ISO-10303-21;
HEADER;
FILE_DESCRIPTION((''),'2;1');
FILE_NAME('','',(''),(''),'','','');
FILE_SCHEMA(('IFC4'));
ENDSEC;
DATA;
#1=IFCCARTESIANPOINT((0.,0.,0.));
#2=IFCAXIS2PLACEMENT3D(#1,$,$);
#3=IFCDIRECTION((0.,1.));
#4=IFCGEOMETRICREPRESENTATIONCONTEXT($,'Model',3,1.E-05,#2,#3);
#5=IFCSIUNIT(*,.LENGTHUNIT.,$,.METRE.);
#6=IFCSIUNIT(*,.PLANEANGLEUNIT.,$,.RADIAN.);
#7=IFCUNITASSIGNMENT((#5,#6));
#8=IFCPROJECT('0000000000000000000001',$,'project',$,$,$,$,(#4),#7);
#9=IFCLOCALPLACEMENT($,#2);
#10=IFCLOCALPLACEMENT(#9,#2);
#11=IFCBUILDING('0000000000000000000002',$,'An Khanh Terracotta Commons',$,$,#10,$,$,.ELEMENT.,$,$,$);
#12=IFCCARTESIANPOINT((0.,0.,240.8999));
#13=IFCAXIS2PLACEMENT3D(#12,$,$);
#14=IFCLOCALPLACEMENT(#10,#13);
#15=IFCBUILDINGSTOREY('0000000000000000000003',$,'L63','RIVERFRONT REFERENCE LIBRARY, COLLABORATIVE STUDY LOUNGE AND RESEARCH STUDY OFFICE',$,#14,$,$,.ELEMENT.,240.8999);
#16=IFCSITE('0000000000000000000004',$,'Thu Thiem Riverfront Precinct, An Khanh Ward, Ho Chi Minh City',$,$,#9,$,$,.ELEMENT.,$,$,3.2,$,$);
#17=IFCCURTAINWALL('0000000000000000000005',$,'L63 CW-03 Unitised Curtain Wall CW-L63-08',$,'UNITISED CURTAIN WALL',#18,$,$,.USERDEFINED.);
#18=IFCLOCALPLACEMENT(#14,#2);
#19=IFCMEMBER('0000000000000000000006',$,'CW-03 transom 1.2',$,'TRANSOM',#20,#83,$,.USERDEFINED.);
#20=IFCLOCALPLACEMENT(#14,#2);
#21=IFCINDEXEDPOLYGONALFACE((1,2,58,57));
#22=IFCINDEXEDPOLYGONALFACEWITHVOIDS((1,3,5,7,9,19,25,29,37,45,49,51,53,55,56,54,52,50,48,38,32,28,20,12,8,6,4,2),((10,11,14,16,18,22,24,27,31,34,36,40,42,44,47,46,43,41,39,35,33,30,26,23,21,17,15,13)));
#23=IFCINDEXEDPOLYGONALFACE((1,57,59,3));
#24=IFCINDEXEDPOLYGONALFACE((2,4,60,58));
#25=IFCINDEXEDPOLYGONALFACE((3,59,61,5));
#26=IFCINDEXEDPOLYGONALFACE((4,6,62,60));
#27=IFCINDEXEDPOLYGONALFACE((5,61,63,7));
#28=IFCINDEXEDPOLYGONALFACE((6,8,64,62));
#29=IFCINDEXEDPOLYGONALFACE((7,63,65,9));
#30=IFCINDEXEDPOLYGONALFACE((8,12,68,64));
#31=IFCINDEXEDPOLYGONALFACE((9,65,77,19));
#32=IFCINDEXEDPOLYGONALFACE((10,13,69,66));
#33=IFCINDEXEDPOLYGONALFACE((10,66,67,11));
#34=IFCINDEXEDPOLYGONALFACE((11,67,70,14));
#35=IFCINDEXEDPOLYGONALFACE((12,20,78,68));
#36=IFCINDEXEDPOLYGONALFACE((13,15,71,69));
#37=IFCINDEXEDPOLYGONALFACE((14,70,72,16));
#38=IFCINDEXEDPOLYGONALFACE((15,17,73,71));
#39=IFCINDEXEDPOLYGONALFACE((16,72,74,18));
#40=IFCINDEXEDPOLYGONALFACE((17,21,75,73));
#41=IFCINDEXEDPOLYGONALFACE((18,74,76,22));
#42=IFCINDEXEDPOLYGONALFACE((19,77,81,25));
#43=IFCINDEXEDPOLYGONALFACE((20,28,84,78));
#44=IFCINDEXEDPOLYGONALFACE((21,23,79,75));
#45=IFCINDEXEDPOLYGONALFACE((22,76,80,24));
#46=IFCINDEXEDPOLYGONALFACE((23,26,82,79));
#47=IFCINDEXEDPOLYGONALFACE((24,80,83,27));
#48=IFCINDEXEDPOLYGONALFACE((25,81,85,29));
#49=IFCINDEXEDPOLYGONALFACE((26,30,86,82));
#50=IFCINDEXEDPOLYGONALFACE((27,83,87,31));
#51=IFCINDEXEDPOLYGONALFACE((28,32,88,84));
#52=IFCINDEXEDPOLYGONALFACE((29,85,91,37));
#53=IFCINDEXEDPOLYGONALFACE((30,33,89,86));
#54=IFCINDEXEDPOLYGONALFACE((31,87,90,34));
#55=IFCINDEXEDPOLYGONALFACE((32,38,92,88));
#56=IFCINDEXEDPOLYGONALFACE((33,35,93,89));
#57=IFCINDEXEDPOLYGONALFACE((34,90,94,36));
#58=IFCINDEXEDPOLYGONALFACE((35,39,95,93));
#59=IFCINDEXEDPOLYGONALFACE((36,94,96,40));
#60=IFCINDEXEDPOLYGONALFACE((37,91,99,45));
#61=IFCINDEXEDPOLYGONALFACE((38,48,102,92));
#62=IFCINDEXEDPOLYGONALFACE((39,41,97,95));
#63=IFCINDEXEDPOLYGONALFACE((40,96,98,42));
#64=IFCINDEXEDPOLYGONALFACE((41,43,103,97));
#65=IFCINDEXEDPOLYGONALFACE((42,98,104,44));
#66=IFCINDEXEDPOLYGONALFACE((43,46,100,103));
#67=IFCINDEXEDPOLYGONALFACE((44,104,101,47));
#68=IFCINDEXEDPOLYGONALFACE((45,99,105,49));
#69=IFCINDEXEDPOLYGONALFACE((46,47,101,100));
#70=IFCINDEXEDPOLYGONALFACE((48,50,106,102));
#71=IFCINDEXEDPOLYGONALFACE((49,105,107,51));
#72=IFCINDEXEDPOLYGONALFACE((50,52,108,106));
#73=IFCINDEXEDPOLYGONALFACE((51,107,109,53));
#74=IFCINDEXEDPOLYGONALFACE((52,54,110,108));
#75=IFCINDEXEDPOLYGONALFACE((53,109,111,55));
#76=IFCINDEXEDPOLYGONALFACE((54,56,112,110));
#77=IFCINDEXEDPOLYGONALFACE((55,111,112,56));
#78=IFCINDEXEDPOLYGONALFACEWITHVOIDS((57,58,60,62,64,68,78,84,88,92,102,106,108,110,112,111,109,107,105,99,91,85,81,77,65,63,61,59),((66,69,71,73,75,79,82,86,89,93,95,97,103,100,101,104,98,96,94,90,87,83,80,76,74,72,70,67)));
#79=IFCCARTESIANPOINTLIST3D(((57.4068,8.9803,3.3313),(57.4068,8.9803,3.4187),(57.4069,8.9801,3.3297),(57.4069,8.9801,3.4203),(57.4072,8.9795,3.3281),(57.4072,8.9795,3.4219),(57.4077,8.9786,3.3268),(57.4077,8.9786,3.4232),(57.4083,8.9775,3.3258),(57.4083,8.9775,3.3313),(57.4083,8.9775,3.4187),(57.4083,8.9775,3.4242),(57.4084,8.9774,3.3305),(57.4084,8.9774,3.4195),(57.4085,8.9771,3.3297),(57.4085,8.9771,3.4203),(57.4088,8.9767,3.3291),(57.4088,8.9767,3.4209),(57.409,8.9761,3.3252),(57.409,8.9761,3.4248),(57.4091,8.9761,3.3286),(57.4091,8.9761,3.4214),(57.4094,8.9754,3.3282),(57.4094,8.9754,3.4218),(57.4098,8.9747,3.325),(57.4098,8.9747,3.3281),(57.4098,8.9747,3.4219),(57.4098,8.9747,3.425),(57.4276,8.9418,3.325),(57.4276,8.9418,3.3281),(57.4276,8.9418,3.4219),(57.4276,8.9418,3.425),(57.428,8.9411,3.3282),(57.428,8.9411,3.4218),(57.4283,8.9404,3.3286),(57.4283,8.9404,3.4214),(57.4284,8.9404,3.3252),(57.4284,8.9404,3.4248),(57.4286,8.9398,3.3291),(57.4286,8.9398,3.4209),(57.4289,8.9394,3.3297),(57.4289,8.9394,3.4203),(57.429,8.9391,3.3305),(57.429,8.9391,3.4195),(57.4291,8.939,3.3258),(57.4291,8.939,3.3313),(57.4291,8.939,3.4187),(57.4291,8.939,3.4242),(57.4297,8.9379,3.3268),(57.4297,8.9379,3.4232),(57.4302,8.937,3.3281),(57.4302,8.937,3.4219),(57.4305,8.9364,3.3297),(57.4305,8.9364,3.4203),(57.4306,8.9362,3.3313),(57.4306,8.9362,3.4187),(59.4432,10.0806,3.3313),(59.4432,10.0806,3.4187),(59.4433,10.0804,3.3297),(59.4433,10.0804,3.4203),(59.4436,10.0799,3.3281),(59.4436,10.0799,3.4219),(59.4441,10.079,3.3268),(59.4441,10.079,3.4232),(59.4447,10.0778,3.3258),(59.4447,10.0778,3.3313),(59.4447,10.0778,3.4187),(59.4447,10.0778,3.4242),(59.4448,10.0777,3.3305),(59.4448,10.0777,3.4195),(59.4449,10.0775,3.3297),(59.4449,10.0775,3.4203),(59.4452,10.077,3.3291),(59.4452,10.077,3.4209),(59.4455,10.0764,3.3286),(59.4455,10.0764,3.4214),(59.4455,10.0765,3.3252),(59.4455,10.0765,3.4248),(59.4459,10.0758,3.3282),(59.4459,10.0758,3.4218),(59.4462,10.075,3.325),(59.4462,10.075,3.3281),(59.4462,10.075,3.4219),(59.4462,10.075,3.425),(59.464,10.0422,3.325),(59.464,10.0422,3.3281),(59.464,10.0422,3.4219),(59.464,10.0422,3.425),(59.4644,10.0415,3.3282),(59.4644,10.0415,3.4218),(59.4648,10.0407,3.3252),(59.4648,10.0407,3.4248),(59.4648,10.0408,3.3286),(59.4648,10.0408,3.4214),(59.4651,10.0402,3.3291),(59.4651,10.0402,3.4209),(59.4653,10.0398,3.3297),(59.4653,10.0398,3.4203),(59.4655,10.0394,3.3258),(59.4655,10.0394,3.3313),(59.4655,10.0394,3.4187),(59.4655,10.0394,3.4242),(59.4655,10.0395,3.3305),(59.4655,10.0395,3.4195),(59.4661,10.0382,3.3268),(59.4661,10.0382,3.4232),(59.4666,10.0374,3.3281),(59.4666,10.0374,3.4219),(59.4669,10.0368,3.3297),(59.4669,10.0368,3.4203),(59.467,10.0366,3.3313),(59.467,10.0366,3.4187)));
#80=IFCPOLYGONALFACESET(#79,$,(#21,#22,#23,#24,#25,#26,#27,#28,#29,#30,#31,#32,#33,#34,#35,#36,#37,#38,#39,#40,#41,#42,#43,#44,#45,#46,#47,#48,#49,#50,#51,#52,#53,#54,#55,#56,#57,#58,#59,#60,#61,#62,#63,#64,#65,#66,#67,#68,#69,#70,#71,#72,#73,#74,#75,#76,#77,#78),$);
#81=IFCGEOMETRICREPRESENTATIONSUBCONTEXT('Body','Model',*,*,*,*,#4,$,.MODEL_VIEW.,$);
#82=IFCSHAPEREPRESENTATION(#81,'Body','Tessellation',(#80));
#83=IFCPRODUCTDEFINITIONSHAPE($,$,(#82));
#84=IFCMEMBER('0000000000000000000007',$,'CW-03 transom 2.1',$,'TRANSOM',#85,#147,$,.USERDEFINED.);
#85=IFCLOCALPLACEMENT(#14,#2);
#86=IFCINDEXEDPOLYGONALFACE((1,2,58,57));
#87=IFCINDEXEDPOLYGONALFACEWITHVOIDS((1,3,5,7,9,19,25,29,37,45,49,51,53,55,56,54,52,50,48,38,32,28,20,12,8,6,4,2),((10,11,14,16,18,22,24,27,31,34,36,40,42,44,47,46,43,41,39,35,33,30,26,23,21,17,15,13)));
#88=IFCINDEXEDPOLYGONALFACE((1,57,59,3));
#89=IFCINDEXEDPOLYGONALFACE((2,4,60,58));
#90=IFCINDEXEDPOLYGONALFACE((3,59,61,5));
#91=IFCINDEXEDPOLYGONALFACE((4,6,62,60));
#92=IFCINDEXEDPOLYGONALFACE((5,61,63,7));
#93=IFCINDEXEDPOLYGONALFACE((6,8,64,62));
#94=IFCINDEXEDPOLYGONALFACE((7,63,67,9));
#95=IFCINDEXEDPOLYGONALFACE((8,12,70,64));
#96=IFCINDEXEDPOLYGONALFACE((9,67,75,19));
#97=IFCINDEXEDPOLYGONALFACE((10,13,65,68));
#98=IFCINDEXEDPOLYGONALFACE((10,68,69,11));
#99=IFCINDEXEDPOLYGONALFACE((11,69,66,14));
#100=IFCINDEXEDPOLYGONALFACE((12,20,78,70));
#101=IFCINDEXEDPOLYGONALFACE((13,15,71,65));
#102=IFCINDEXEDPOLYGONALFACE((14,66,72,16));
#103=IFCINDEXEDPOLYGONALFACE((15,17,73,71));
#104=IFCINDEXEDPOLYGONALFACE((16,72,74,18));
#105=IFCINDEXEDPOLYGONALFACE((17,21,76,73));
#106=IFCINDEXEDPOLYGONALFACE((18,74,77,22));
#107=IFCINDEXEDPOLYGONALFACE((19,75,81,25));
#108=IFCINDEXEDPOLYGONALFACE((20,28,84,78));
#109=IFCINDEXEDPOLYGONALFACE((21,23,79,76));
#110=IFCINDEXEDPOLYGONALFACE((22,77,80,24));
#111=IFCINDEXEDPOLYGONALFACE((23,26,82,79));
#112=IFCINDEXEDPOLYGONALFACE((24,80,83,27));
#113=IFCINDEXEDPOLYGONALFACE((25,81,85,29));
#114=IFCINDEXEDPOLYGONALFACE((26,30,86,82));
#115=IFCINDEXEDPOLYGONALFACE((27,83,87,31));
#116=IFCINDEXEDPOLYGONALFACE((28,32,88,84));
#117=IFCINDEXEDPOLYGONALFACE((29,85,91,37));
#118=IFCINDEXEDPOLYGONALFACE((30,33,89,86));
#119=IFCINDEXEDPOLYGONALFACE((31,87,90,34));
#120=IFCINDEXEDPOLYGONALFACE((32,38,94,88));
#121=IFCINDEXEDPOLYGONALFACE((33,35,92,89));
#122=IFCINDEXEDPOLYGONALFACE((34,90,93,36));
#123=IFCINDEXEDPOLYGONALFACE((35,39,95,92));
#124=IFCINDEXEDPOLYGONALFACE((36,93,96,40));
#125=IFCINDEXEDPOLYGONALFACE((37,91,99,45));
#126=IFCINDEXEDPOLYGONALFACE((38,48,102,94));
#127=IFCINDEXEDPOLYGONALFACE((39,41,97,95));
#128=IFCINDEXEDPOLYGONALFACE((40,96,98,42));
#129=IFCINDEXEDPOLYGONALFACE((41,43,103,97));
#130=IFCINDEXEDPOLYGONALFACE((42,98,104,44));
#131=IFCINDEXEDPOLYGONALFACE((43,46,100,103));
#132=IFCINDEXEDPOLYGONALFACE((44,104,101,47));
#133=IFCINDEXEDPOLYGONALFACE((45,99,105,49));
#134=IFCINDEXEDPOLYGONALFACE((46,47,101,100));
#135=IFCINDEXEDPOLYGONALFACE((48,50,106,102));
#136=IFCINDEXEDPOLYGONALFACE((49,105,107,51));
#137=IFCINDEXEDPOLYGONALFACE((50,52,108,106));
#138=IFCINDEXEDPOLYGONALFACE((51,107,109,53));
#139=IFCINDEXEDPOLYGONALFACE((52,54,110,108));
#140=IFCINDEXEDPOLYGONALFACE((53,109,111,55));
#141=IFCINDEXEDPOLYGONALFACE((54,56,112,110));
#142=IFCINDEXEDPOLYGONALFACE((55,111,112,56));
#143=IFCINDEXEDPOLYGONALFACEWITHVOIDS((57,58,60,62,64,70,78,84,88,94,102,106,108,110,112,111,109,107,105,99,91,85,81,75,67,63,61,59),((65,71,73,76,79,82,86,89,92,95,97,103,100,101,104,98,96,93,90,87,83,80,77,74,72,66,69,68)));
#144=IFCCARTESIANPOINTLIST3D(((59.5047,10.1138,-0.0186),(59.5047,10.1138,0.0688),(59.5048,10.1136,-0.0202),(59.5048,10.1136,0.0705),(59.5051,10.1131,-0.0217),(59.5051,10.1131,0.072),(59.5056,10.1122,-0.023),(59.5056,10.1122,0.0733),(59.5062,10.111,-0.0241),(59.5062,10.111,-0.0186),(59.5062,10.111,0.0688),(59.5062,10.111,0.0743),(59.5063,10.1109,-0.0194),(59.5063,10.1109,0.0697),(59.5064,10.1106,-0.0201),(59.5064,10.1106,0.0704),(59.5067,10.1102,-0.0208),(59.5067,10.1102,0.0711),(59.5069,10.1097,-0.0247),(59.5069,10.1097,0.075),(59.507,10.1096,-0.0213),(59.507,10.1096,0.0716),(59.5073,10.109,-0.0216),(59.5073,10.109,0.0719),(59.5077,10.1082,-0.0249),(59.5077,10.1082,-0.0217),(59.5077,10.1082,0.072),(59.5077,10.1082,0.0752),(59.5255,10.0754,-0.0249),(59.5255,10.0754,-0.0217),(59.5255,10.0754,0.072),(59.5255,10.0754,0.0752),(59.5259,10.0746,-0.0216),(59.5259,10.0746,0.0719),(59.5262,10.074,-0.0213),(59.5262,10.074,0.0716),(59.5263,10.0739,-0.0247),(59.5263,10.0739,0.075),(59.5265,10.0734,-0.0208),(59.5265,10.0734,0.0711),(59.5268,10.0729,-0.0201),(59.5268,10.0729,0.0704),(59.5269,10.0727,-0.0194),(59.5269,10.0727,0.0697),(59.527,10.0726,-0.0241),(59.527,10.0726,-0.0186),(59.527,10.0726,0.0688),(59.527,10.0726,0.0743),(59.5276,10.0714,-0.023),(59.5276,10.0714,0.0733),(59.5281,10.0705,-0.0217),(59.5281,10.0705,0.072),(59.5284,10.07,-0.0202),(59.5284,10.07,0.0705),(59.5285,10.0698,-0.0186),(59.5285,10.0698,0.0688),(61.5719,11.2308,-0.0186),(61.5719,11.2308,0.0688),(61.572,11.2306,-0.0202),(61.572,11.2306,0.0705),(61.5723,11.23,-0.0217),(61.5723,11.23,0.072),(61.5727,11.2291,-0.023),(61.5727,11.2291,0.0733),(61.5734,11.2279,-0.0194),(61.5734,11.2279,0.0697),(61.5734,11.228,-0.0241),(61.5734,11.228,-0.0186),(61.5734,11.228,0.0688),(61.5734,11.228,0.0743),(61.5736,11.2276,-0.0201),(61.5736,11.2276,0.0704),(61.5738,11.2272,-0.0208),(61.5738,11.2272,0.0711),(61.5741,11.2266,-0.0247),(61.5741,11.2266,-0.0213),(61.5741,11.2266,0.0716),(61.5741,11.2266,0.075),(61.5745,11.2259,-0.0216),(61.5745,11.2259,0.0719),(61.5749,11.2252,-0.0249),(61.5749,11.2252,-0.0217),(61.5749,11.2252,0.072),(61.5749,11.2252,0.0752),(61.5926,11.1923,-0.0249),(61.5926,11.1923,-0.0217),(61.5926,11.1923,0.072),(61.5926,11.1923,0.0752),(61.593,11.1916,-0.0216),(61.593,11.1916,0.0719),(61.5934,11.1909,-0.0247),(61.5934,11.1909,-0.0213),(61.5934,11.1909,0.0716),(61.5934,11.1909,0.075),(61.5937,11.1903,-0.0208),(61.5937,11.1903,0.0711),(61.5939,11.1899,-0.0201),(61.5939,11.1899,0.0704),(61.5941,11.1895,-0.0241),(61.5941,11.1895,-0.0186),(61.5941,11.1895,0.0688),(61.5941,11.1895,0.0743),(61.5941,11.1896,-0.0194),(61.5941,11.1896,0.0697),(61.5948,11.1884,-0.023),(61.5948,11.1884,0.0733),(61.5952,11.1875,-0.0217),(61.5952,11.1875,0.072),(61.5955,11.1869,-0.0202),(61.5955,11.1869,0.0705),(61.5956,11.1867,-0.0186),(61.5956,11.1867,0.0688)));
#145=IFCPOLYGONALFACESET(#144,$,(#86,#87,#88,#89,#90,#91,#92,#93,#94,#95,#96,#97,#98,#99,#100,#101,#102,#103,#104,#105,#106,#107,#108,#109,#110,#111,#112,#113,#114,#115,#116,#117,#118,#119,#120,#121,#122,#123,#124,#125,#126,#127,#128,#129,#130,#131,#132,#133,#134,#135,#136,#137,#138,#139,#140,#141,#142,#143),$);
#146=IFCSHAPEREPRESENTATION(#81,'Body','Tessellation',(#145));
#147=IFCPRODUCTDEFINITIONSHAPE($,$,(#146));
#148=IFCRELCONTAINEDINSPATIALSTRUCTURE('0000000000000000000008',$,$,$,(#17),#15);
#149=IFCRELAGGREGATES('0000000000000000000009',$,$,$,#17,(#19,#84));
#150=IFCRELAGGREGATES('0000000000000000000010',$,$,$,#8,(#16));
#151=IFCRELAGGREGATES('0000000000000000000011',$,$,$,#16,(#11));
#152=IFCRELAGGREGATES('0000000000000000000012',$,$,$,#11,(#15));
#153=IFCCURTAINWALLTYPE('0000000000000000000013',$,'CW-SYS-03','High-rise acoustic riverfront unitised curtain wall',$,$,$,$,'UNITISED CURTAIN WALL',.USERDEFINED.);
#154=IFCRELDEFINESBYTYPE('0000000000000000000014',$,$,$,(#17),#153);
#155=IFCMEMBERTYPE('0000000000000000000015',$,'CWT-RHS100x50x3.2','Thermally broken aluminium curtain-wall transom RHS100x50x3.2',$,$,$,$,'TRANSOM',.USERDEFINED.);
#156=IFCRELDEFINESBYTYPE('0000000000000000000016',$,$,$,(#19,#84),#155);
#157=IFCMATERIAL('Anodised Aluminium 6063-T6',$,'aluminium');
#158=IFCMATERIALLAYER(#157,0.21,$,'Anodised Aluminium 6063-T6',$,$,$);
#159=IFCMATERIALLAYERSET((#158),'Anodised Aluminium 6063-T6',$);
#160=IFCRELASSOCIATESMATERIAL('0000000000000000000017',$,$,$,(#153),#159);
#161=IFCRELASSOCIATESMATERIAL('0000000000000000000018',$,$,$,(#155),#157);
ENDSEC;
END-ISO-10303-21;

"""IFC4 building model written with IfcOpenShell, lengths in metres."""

from ifc_helpers import new_model, si_unit, direction, frame, origin, origin_2d, place, context, subcontext, project, spatial, hollow_rectangle, extrude, material, layer, layer_set, material_profile, profile_set, type_object, element, aggregate, save


model = new_model("IFC4")

# Units and contexts
model_context = context("Model", 3, precision=1e-05, world=origin(), true_north=direction((0.0, 1.0)))
body_context = subcontext(model_context, "Body", "Model", "MODEL_VIEW")
ifc_project = project(units=[si_unit("LENGTHUNIT", "METRE"), si_unit("PLANEANGLEUNIT", "RADIAN")], contexts=[model_context])

# Site, building, storey
site_placement = place(None, origin())
site = spatial("IfcSite", under=ifc_project, at=site_placement, Name="Thu Thiem Riverfront Precinct, An Khanh Ward, Ho Chi Minh City", CompositionType="ELEMENT", RefElevation=3.2)
building_placement = place(site_placement, origin())
building = spatial("IfcBuilding", under=site, at=building_placement, Name="An Khanh Terracotta Commons", CompositionType="ELEMENT")
storey_placement = place(building_placement, frame((0.0, 0.0, 240.8999)))
storey = spatial("IfcBuildingStorey", under=building, at=storey_placement, Name="L63", Description="RIVERFRONT REFERENCE LIBRARY, COLLABORATIVE STUDY LOUNGE AND RESEARCH STUDY OFFICE", CompositionType="ELEMENT", Elevation=240.8999)

# Curtain wall, members
ifc_material_1 = material(Name="Anodised Aluminium 6063-T6", Category="aluminium")
ifc_layer_1 = layer(ifc_material_1, 0.21, Name="Anodised Aluminium 6063-T6")
ifc_layer_set_1 = layer_set([ifc_layer_1], Name="Anodised Aluminium 6063-T6")
curtain_wall_type = type_object("IfcCurtainWallType", Name="CW-SYS-03", Description="High-rise acoustic riverfront unitised curtain wall", ElementType="UNITISED CURTAIN WALL", PredefinedType="USERDEFINED", material=ifc_layer_set_1)
curtain_wall_placement = place(storey_placement, origin())
curtain_wall = element("IfcCurtainWall", 1, at=curtain_wall_placement, inside=storey, type_object=curtain_wall_type, Name="L63 CW-03 Unitised Curtain Wall CW-L63-08", ObjectType="UNITISED CURTAIN WALL", PredefinedType="USERDEFINED")
ifc_material_profile_1 = material_profile(ifc_material_1, hollow_rectangle(XDim=0.05, YDim=0.1001, WallThickness=0.0032, InnerFilletRadius=0.0032, OuterFilletRadius=0.0063, at=origin_2d()), Name="RHS100x50x3.2")
ifc_profile_set_1 = profile_set([ifc_material_profile_1], Name="Anodised Aluminium 6063-T6")
member_type_1 = type_object("IfcMemberType", Name="CWT-RHS100x50x3.2", Description="Thermally broken aluminium curtain-wall transom RHS100x50x3.2", ElementType="TRANSOM", PredefinedType="USERDEFINED", material=ifc_profile_set_1)
member_1_placement = place(storey_placement, frame((57.4187, 8.9583, 3.375), z_axis=(0.879779, 0.475382, 0.0), x_axis=(-0.475382, 0.879779, 0.0)))
member_1 = element("IfcMember", 2, at=member_1_placement, type_object=member_type_1, Name="CW-03 transom 1.2", ObjectType="TRANSOM", PredefinedType="USERDEFINED", context=body_context, shape_type="SweptSolid", body=[
    extrude(hollow_rectangle(XDim=0.05, YDim=0.1001, WallThickness=0.0032, InnerFilletRadius=0.0032, OuterFilletRadius=0.0063, at=origin_2d()), origin(), (0.0, 0.0, 1.0), 2.3147),
])
member_2_placement = place(storey_placement, frame((59.5166, 10.0918, 0.0251), z_axis=(0.879783, 0.475376, 0.0), x_axis=(-0.475376, 0.879783, 0.0)))
member_2 = element("IfcMember", 3, at=member_2_placement, type_object=member_type_1, Name="CW-03 transom 2.1", ObjectType="TRANSOM", PredefinedType="USERDEFINED", context=body_context, shape_type="SweptSolid", body=[
    extrude(hollow_rectangle(XDim=0.05, YDim=0.1001, WallThickness=0.0032, InnerFilletRadius=0.0032, OuterFilletRadius=0.0063, at=origin_2d()), origin(), (0.0, 0.0, 1.0), 2.3496),
])
aggregate(curtain_wall, [member_1, member_2])

save(model, "model.ifc")
